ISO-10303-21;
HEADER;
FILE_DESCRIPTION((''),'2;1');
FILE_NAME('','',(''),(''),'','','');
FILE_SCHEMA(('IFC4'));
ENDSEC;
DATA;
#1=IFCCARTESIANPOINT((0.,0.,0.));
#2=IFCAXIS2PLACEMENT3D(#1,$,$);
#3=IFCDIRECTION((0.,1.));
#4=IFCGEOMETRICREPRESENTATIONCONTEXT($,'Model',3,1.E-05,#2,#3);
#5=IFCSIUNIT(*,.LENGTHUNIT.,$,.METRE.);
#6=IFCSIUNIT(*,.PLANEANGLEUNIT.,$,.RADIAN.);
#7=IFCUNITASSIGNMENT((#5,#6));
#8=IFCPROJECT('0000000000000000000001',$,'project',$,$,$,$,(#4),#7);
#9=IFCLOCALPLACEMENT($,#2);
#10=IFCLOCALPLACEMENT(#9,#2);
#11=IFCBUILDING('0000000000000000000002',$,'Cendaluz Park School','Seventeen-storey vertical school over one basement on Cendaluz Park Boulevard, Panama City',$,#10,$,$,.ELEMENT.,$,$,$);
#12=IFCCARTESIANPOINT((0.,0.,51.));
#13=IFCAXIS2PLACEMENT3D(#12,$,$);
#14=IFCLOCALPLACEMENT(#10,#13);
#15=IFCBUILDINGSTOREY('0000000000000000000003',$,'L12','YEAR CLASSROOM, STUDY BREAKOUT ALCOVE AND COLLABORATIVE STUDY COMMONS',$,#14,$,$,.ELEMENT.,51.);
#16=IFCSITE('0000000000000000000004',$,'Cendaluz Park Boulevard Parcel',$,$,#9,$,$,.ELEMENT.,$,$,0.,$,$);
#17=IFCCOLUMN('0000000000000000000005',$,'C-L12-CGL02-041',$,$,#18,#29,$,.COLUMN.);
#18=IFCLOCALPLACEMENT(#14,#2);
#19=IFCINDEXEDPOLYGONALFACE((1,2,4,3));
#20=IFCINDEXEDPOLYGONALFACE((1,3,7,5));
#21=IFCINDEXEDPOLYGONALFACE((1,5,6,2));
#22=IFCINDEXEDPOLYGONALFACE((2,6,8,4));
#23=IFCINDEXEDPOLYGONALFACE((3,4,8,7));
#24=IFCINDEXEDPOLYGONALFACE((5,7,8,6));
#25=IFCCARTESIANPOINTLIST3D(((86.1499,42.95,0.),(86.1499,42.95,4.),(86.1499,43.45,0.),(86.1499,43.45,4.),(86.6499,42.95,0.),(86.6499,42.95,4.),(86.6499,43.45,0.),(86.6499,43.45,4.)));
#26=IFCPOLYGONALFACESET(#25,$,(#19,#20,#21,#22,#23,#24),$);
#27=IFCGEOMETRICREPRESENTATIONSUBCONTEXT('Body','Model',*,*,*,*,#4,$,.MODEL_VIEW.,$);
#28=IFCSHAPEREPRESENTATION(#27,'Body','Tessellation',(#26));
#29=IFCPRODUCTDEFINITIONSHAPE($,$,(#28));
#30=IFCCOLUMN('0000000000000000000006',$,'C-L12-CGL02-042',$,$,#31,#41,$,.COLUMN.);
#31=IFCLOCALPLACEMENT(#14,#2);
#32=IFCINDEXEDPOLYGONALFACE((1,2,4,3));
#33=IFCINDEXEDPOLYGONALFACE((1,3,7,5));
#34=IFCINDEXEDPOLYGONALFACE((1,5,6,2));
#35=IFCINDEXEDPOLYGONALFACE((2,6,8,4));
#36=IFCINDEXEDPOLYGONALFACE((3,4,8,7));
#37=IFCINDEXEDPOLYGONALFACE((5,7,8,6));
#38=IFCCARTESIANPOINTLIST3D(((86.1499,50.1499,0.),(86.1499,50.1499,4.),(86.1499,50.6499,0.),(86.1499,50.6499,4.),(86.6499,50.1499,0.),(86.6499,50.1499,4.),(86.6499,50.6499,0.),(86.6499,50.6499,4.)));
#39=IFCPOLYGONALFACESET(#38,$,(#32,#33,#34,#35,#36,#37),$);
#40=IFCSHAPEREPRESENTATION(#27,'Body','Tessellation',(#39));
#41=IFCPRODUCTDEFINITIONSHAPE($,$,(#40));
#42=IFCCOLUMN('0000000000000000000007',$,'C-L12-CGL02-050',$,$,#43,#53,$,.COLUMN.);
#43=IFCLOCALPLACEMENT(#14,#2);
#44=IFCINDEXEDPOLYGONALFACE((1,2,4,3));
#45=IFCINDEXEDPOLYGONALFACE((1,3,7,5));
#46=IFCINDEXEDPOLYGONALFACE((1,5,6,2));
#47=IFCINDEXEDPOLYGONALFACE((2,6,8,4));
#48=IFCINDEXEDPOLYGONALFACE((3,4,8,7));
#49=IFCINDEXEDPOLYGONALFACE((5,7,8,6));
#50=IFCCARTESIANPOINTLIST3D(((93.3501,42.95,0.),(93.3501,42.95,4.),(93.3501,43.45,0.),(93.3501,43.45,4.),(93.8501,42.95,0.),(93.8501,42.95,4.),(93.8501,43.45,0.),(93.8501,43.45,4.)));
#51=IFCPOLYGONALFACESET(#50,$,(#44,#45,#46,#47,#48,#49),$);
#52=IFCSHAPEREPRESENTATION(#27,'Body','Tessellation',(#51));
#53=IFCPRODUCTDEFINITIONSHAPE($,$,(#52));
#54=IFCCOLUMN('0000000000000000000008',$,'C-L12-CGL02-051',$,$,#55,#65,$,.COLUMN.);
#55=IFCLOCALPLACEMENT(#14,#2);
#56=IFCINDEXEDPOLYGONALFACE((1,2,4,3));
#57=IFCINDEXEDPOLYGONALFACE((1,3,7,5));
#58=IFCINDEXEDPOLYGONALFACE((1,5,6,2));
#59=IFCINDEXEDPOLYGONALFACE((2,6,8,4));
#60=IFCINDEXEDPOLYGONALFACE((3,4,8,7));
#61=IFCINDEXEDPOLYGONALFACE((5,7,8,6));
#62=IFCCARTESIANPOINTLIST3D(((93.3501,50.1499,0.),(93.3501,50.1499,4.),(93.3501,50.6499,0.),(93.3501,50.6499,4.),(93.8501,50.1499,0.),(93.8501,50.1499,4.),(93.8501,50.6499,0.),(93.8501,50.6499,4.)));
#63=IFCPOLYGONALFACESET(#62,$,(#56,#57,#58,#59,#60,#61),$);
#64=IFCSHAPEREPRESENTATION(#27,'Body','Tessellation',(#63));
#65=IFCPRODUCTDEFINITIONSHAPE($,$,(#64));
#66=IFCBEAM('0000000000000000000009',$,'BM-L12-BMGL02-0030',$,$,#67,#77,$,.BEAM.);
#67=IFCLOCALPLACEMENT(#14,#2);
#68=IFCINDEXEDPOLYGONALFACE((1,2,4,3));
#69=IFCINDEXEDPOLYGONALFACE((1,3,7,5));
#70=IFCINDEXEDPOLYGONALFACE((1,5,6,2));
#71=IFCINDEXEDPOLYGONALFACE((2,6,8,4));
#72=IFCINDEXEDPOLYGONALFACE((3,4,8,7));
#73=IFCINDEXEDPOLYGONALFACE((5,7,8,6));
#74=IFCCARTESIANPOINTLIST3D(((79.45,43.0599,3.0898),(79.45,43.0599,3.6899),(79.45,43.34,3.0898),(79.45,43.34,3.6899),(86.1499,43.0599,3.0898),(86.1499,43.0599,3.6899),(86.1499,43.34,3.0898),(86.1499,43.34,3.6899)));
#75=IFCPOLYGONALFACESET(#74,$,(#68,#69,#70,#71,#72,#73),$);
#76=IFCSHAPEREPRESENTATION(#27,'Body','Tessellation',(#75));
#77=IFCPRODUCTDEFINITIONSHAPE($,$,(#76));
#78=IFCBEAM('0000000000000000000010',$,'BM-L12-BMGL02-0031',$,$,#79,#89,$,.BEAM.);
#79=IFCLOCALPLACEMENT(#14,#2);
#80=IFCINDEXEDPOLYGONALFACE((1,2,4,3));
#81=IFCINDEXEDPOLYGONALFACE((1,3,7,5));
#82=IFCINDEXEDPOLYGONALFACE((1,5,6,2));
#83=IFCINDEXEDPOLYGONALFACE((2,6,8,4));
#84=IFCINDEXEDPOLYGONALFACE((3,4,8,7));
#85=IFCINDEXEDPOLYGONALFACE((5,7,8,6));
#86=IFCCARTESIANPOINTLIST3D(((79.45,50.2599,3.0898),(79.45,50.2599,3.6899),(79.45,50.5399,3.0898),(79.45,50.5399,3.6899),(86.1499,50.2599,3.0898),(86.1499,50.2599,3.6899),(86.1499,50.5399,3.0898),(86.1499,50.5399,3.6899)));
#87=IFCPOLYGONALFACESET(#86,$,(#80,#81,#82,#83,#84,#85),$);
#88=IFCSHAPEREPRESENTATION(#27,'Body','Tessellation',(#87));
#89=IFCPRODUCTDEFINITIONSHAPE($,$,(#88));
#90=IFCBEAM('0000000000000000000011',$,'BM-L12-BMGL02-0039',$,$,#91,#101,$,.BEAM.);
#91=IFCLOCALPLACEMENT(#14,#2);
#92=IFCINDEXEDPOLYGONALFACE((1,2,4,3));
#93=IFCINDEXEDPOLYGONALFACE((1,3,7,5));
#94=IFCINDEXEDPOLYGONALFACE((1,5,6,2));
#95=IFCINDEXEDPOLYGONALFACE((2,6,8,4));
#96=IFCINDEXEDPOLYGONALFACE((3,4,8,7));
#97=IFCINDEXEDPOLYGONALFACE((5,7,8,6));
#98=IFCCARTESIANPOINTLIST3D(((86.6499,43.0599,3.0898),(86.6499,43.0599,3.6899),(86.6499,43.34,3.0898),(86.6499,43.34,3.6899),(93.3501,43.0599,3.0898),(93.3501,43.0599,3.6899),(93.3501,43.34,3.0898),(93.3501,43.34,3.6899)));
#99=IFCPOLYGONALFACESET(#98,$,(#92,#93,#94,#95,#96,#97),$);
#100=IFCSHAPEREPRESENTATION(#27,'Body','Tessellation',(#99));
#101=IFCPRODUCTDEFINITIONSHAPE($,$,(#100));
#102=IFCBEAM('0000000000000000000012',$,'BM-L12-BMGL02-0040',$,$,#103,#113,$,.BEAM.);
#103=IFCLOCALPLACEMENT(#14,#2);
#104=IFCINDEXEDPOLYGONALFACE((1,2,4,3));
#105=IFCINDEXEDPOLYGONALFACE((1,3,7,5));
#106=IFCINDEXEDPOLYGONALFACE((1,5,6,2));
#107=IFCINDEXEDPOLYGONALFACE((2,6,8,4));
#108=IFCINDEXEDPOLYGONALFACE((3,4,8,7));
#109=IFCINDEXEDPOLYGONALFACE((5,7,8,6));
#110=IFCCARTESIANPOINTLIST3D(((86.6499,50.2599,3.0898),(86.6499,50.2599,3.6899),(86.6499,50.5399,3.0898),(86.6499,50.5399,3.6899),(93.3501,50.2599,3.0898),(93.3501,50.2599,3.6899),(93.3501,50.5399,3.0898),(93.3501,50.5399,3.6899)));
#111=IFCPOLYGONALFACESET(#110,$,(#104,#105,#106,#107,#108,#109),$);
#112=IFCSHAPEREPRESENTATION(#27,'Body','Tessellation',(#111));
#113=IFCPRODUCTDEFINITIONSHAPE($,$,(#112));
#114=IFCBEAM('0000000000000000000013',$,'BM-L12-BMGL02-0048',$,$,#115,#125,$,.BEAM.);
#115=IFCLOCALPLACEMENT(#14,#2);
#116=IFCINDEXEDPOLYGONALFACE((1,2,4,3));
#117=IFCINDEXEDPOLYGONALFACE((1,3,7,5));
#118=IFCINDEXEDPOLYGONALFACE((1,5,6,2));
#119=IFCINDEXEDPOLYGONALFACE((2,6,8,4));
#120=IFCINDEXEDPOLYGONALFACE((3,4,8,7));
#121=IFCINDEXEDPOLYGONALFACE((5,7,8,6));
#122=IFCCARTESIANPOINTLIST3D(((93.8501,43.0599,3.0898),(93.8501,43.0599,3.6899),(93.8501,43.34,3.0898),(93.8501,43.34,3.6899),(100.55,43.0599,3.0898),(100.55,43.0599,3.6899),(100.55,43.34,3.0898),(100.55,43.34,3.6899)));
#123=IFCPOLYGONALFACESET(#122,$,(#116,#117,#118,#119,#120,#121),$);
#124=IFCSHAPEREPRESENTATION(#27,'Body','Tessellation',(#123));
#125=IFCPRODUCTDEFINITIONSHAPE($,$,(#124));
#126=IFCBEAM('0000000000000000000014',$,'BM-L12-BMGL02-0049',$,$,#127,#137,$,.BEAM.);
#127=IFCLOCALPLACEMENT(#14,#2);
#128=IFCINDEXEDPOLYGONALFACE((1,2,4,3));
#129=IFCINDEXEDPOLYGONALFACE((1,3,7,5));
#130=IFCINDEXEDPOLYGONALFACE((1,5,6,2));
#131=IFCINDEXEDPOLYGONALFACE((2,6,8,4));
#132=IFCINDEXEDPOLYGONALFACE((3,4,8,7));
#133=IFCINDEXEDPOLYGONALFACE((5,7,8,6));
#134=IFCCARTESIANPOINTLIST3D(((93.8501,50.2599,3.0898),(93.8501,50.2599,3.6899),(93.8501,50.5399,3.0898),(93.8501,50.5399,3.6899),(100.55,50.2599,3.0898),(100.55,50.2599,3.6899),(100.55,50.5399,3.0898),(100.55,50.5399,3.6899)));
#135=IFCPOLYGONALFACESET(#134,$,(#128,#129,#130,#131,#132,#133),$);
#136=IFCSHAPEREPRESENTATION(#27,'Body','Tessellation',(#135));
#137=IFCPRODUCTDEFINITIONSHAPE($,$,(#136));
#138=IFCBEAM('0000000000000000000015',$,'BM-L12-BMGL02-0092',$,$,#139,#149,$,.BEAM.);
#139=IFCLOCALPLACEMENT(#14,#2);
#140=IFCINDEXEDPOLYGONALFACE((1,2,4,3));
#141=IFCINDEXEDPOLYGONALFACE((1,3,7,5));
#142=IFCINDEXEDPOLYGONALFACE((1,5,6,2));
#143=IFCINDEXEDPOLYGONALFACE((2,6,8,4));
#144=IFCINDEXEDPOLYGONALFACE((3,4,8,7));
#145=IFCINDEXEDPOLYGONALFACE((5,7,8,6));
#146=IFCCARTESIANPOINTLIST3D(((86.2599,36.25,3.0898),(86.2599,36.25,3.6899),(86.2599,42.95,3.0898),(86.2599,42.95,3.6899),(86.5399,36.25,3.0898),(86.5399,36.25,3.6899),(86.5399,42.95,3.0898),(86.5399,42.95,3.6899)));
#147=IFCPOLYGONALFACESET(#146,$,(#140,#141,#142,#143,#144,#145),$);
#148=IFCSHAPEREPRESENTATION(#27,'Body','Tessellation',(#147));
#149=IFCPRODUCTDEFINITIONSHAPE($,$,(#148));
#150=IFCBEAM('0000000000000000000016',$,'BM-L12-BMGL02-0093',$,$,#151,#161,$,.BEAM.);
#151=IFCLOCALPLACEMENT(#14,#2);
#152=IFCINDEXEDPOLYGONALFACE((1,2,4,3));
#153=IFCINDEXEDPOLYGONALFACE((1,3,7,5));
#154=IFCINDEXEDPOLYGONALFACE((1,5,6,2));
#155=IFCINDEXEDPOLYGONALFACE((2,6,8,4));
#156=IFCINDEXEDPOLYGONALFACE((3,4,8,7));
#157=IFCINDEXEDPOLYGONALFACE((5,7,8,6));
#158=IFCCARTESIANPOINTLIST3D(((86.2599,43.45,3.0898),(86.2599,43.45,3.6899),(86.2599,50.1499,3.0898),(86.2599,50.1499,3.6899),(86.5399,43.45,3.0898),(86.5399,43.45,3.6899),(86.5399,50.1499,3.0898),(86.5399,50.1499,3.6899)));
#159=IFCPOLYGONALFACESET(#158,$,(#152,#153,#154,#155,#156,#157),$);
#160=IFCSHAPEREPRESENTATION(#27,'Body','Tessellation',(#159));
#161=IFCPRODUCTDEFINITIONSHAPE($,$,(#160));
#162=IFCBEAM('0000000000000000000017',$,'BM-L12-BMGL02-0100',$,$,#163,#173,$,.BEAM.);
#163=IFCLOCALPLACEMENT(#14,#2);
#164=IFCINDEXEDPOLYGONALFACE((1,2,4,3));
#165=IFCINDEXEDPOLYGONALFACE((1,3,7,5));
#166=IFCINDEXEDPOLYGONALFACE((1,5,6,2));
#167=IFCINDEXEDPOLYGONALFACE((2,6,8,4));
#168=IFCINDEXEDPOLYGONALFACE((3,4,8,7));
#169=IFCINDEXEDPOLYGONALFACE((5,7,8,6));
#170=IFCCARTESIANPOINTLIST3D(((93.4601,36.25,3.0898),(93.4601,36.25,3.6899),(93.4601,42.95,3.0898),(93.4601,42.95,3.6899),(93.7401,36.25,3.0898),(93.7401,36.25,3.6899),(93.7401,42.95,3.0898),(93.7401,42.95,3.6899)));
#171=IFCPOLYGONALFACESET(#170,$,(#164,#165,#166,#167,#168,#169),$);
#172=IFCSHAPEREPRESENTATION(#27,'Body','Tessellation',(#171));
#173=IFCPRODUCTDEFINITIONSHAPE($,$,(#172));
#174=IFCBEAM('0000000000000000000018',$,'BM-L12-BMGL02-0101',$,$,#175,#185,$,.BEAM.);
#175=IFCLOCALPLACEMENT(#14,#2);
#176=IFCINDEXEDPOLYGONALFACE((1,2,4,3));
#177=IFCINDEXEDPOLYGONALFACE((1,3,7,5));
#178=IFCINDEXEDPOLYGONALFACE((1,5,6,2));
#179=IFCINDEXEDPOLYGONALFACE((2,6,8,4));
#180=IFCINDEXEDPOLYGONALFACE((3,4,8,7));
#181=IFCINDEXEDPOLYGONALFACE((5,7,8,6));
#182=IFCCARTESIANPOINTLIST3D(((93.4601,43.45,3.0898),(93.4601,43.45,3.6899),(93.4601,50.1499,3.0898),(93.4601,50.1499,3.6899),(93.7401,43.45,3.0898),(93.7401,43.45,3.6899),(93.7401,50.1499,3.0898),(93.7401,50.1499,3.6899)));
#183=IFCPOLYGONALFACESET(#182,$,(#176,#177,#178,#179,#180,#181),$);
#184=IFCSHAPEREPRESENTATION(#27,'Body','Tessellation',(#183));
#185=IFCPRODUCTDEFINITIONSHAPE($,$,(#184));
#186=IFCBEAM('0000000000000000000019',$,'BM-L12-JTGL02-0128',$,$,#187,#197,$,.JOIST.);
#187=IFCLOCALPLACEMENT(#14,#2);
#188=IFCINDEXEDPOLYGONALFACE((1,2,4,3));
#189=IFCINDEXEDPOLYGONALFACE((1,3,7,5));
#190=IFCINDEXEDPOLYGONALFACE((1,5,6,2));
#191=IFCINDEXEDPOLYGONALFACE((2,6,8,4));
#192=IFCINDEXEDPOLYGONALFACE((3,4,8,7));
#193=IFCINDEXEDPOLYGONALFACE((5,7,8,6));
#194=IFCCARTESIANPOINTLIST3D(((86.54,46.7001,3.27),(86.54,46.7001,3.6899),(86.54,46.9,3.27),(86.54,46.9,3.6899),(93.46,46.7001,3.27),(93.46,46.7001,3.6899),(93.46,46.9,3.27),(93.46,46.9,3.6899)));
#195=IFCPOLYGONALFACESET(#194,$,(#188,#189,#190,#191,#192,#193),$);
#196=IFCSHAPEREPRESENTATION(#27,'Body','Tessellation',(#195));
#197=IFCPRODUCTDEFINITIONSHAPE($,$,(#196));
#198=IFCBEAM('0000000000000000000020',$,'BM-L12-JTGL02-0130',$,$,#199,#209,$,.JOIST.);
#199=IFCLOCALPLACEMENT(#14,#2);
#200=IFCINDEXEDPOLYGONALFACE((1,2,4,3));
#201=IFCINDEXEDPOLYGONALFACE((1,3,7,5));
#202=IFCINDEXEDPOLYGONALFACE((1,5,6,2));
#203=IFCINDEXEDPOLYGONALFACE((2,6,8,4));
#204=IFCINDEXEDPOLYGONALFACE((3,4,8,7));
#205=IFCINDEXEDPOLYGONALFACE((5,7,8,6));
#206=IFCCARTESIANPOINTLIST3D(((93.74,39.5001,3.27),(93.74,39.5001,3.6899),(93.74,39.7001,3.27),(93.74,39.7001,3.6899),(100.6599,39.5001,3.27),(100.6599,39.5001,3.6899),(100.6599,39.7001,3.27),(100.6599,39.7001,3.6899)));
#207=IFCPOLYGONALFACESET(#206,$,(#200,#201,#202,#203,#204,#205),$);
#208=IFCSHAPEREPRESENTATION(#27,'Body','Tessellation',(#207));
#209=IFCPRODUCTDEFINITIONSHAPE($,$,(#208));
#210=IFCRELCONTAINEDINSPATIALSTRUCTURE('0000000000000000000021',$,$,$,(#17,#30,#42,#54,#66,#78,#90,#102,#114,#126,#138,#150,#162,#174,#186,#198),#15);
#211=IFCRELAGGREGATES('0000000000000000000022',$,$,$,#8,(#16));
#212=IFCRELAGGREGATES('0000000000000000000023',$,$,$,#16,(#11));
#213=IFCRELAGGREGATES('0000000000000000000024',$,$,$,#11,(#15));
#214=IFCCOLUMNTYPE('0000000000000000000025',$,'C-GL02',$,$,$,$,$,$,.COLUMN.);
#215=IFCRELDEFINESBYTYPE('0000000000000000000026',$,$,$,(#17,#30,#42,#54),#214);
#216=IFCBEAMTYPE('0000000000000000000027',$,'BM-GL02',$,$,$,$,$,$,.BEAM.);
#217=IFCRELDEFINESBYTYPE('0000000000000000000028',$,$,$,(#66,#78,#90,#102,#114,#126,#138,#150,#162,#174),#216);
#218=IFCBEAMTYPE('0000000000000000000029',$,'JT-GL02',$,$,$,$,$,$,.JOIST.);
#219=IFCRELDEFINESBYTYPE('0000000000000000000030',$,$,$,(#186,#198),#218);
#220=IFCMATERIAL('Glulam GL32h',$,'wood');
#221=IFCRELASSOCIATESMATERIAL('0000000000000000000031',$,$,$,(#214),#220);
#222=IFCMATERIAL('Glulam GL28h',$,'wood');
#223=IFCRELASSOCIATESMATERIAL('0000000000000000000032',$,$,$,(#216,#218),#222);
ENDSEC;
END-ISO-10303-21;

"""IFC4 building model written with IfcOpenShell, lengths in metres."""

from ifc_helpers import new_model, si_unit, direction, frame, origin, origin_2d, place, context, subcontext, project, spatial, rectangle, extrude, material, material_profile, profile_set, type_object, element, save


model = new_model("IFC4")

# Units and contexts
model_context = context("Model", 3, precision=1e-05, world=origin(), true_north=direction((0.0, 1.0)))
body_context = subcontext(model_context, "Body", "Model", "MODEL_VIEW")
ifc_project = project(units=[si_unit("LENGTHUNIT", "METRE"), si_unit("PLANEANGLEUNIT", "RADIAN")], contexts=[model_context])

# Site, building, storey
site_placement = place(None, origin())
site = spatial("IfcSite", under=ifc_project, at=site_placement, Name="Cendaluz Park Boulevard Parcel", CompositionType="ELEMENT", RefElevation=0.0)
building_placement = place(site_placement, origin())
building = spatial("IfcBuilding", under=site, at=building_placement, Name="Cendaluz Park School", Description="Seventeen-storey vertical school over one basement on Cendaluz Park Boulevard, Panama City", CompositionType="ELEMENT")
storey_placement = place(building_placement, frame((0.0, 0.0, 51.0)))
storey = spatial("IfcBuildingStorey", under=building, at=storey_placement, Name="L12", Description="YEAR CLASSROOM, STUDY BREAKOUT ALCOVE AND COLLABORATIVE STUDY COMMONS", CompositionType="ELEMENT", Elevation=51.0)

# Columns
ifc_material_1 = material(Name="Glulam GL32h", Category="wood")
ifc_material_profile_1 = material_profile(ifc_material_1, rectangle(XDim=0.5, YDim=0.5, at=origin_2d()), Name="GL32h 500x500", Category="wood")
ifc_profile_set_1 = profile_set([ifc_material_profile_1], Name="Glulam GL32h")
column_type = type_object("IfcColumnType", Name="C-GL02", PredefinedType="COLUMN", material=ifc_profile_set_1)
for number, where, z_axis, x_axis, name in (
    (1, (86.3999, 43.2, 0.0), (0.0, 0.0, 1.0), (1.0, 0.0, 0.0), "C-L12-CGL02-041"),
    (2, (86.3999, 50.3999, 0.0), (0.0, 0.0, 1.0), (1.0, 0.0, 0.0), "C-L12-CGL02-042"),
    (3, (93.6001, 43.2, 0.0), (0.0, 0.0, 1.0), (1.0, 0.0, 0.0), "C-L12-CGL02-050"),
    (4, (93.6001, 50.3999, 0.0), (0.0, 0.0, 1.0), (1.0, 0.0, 0.0), "C-L12-CGL02-051"),
):
    element("IfcColumn", number, at=place(storey_placement, frame(where, z_axis=z_axis, x_axis=x_axis)), inside=storey, type_object=column_type, Name=name, PredefinedType="COLUMN", context=body_context, shape_type="SweptSolid", body=[
        extrude(rectangle(XDim=0.5, YDim=0.5, at=origin_2d()), origin(), (0.0, 0.0, 1.0), 4.0),
    ])

# Beams
ifc_material_2 = material(Name="Glulam GL28h", Category="wood")
ifc_material_profile_2 = material_profile(ifc_material_2, rectangle(XDim=0.28, YDim=0.6001, at=origin_2d()), Name="GL28h 280x600", Category="wood")
ifc_profile_set_2 = profile_set([ifc_material_profile_2], Name="Glulam GL28h")
beam_type_1 = type_object("IfcBeamType", Name="BM-GL02", PredefinedType="BEAM", material=ifc_profile_set_2)
for number, where, z_axis, x_axis, name in (
    (5, (79.45, 43.2, 3.3899), (1.0, 0.0, 0.0), (0.0, 1.0, 0.0), "BM-L12-BMGL02-0030"),
    (6, (79.45, 50.3999, 3.3899), (1.0, 0.0, 0.0), (0.0, 1.0, 0.0), "BM-L12-BMGL02-0031"),
):
    element("IfcBeam", number, at=place(storey_placement, frame(where, z_axis=z_axis, x_axis=x_axis)), inside=storey, type_object=beam_type_1, Name=name, PredefinedType="BEAM", context=body_context, shape_type="SweptSolid", body=[
        extrude(rectangle(XDim=0.28, YDim=0.6001, at=origin_2d()), origin(), (0.0, 0.0, 1.0), 6.7),
    ])
for number, where, z_axis, x_axis, name in (
    (7, (86.6499, 43.2, 3.3899), (1.0, 0.0, 0.0), (0.0, 1.0, 0.0), "BM-L12-BMGL02-0039"),
    (8, (86.6499, 50.3999, 3.3899), (1.0, 0.0, 0.0), (0.0, 1.0, 0.0), "BM-L12-BMGL02-0040"),
):
    element("IfcBeam", number, at=place(storey_placement, frame(where, z_axis=z_axis, x_axis=x_axis)), inside=storey, type_object=beam_type_1, Name=name, PredefinedType="BEAM", context=body_context, shape_type="SweptSolid", body=[
        extrude(rectangle(XDim=0.28, YDim=0.6001, at=origin_2d()), origin(), (0.0, 0.0, 1.0), 6.7002),
    ])
for number, where, z_axis, x_axis, name in (
    (9, (93.8501, 43.2, 3.3899), (1.0, 0.0, 0.0), (0.0, 1.0, 0.0), "BM-L12-BMGL02-0048"),
    (10, (93.8501, 50.3999, 3.3899), (1.0, 0.0, 0.0), (0.0, 1.0, 0.0), "BM-L12-BMGL02-0049"),
    (11, (86.3999, 36.25, 3.3899), (0.0, 1.0, 0.0), (-1.0, 0.0, 0.0), "BM-L12-BMGL02-0092"),
    (12, (86.3999, 43.45, 3.3899), (0.0, 1.0, 0.0), (-1.0, 0.0, 0.0), "BM-L12-BMGL02-0093"),
    (13, (93.6001, 36.25, 3.3899), (0.0, 1.0, 0.0), (-1.0, 0.0, 0.0), "BM-L12-BMGL02-0100"),
    (14, (93.6001, 43.45, 3.3899), (0.0, 1.0, 0.0), (-1.0, 0.0, 0.0), "BM-L12-BMGL02-0101"),
):
    element("IfcBeam", number, at=place(storey_placement, frame(where, z_axis=z_axis, x_axis=x_axis)), inside=storey, type_object=beam_type_1, Name=name, PredefinedType="BEAM", context=body_context, shape_type="SweptSolid", body=[
        extrude(rectangle(XDim=0.28, YDim=0.6001, at=origin_2d()), origin(), (0.0, 0.0, 1.0), 6.7),
    ])
ifc_material_profile_3 = material_profile(ifc_material_2, rectangle(XDim=0.2, YDim=0.4199, at=origin_2d()), Name="GL28h 200x420", Category="wood")
ifc_profile_set_3 = profile_set([ifc_material_profile_3], Name="Glulam GL28h")
beam_type_2 = type_object("IfcBeamType", Name="JT-GL02", PredefinedType="JOIST", material=ifc_profile_set_3)
for number, where, z_axis, x_axis, name in (
    (15, (86.54, 46.8, 3.48), (1.0, 0.0, 0.0), (0.0, 1.0, 0.0), "BM-L12-JTGL02-0128"),
    (16, (93.74, 39.6001, 3.48), (1.0, 0.0, 0.0), (0.0, 1.0, 0.0), "BM-L12-JTGL02-0130"),
):
    element("IfcBeam", number, at=place(storey_placement, frame(where, z_axis=z_axis, x_axis=x_axis)), inside=storey, type_object=beam_type_2, Name=name, PredefinedType="JOIST", context=body_context, shape_type="SweptSolid", body=[
        extrude(rectangle(XDim=0.2, YDim=0.4199, at=origin_2d()), origin(), (0.0, 0.0, 1.0), 6.9199),
    ])

save(model, "model.ifc")
